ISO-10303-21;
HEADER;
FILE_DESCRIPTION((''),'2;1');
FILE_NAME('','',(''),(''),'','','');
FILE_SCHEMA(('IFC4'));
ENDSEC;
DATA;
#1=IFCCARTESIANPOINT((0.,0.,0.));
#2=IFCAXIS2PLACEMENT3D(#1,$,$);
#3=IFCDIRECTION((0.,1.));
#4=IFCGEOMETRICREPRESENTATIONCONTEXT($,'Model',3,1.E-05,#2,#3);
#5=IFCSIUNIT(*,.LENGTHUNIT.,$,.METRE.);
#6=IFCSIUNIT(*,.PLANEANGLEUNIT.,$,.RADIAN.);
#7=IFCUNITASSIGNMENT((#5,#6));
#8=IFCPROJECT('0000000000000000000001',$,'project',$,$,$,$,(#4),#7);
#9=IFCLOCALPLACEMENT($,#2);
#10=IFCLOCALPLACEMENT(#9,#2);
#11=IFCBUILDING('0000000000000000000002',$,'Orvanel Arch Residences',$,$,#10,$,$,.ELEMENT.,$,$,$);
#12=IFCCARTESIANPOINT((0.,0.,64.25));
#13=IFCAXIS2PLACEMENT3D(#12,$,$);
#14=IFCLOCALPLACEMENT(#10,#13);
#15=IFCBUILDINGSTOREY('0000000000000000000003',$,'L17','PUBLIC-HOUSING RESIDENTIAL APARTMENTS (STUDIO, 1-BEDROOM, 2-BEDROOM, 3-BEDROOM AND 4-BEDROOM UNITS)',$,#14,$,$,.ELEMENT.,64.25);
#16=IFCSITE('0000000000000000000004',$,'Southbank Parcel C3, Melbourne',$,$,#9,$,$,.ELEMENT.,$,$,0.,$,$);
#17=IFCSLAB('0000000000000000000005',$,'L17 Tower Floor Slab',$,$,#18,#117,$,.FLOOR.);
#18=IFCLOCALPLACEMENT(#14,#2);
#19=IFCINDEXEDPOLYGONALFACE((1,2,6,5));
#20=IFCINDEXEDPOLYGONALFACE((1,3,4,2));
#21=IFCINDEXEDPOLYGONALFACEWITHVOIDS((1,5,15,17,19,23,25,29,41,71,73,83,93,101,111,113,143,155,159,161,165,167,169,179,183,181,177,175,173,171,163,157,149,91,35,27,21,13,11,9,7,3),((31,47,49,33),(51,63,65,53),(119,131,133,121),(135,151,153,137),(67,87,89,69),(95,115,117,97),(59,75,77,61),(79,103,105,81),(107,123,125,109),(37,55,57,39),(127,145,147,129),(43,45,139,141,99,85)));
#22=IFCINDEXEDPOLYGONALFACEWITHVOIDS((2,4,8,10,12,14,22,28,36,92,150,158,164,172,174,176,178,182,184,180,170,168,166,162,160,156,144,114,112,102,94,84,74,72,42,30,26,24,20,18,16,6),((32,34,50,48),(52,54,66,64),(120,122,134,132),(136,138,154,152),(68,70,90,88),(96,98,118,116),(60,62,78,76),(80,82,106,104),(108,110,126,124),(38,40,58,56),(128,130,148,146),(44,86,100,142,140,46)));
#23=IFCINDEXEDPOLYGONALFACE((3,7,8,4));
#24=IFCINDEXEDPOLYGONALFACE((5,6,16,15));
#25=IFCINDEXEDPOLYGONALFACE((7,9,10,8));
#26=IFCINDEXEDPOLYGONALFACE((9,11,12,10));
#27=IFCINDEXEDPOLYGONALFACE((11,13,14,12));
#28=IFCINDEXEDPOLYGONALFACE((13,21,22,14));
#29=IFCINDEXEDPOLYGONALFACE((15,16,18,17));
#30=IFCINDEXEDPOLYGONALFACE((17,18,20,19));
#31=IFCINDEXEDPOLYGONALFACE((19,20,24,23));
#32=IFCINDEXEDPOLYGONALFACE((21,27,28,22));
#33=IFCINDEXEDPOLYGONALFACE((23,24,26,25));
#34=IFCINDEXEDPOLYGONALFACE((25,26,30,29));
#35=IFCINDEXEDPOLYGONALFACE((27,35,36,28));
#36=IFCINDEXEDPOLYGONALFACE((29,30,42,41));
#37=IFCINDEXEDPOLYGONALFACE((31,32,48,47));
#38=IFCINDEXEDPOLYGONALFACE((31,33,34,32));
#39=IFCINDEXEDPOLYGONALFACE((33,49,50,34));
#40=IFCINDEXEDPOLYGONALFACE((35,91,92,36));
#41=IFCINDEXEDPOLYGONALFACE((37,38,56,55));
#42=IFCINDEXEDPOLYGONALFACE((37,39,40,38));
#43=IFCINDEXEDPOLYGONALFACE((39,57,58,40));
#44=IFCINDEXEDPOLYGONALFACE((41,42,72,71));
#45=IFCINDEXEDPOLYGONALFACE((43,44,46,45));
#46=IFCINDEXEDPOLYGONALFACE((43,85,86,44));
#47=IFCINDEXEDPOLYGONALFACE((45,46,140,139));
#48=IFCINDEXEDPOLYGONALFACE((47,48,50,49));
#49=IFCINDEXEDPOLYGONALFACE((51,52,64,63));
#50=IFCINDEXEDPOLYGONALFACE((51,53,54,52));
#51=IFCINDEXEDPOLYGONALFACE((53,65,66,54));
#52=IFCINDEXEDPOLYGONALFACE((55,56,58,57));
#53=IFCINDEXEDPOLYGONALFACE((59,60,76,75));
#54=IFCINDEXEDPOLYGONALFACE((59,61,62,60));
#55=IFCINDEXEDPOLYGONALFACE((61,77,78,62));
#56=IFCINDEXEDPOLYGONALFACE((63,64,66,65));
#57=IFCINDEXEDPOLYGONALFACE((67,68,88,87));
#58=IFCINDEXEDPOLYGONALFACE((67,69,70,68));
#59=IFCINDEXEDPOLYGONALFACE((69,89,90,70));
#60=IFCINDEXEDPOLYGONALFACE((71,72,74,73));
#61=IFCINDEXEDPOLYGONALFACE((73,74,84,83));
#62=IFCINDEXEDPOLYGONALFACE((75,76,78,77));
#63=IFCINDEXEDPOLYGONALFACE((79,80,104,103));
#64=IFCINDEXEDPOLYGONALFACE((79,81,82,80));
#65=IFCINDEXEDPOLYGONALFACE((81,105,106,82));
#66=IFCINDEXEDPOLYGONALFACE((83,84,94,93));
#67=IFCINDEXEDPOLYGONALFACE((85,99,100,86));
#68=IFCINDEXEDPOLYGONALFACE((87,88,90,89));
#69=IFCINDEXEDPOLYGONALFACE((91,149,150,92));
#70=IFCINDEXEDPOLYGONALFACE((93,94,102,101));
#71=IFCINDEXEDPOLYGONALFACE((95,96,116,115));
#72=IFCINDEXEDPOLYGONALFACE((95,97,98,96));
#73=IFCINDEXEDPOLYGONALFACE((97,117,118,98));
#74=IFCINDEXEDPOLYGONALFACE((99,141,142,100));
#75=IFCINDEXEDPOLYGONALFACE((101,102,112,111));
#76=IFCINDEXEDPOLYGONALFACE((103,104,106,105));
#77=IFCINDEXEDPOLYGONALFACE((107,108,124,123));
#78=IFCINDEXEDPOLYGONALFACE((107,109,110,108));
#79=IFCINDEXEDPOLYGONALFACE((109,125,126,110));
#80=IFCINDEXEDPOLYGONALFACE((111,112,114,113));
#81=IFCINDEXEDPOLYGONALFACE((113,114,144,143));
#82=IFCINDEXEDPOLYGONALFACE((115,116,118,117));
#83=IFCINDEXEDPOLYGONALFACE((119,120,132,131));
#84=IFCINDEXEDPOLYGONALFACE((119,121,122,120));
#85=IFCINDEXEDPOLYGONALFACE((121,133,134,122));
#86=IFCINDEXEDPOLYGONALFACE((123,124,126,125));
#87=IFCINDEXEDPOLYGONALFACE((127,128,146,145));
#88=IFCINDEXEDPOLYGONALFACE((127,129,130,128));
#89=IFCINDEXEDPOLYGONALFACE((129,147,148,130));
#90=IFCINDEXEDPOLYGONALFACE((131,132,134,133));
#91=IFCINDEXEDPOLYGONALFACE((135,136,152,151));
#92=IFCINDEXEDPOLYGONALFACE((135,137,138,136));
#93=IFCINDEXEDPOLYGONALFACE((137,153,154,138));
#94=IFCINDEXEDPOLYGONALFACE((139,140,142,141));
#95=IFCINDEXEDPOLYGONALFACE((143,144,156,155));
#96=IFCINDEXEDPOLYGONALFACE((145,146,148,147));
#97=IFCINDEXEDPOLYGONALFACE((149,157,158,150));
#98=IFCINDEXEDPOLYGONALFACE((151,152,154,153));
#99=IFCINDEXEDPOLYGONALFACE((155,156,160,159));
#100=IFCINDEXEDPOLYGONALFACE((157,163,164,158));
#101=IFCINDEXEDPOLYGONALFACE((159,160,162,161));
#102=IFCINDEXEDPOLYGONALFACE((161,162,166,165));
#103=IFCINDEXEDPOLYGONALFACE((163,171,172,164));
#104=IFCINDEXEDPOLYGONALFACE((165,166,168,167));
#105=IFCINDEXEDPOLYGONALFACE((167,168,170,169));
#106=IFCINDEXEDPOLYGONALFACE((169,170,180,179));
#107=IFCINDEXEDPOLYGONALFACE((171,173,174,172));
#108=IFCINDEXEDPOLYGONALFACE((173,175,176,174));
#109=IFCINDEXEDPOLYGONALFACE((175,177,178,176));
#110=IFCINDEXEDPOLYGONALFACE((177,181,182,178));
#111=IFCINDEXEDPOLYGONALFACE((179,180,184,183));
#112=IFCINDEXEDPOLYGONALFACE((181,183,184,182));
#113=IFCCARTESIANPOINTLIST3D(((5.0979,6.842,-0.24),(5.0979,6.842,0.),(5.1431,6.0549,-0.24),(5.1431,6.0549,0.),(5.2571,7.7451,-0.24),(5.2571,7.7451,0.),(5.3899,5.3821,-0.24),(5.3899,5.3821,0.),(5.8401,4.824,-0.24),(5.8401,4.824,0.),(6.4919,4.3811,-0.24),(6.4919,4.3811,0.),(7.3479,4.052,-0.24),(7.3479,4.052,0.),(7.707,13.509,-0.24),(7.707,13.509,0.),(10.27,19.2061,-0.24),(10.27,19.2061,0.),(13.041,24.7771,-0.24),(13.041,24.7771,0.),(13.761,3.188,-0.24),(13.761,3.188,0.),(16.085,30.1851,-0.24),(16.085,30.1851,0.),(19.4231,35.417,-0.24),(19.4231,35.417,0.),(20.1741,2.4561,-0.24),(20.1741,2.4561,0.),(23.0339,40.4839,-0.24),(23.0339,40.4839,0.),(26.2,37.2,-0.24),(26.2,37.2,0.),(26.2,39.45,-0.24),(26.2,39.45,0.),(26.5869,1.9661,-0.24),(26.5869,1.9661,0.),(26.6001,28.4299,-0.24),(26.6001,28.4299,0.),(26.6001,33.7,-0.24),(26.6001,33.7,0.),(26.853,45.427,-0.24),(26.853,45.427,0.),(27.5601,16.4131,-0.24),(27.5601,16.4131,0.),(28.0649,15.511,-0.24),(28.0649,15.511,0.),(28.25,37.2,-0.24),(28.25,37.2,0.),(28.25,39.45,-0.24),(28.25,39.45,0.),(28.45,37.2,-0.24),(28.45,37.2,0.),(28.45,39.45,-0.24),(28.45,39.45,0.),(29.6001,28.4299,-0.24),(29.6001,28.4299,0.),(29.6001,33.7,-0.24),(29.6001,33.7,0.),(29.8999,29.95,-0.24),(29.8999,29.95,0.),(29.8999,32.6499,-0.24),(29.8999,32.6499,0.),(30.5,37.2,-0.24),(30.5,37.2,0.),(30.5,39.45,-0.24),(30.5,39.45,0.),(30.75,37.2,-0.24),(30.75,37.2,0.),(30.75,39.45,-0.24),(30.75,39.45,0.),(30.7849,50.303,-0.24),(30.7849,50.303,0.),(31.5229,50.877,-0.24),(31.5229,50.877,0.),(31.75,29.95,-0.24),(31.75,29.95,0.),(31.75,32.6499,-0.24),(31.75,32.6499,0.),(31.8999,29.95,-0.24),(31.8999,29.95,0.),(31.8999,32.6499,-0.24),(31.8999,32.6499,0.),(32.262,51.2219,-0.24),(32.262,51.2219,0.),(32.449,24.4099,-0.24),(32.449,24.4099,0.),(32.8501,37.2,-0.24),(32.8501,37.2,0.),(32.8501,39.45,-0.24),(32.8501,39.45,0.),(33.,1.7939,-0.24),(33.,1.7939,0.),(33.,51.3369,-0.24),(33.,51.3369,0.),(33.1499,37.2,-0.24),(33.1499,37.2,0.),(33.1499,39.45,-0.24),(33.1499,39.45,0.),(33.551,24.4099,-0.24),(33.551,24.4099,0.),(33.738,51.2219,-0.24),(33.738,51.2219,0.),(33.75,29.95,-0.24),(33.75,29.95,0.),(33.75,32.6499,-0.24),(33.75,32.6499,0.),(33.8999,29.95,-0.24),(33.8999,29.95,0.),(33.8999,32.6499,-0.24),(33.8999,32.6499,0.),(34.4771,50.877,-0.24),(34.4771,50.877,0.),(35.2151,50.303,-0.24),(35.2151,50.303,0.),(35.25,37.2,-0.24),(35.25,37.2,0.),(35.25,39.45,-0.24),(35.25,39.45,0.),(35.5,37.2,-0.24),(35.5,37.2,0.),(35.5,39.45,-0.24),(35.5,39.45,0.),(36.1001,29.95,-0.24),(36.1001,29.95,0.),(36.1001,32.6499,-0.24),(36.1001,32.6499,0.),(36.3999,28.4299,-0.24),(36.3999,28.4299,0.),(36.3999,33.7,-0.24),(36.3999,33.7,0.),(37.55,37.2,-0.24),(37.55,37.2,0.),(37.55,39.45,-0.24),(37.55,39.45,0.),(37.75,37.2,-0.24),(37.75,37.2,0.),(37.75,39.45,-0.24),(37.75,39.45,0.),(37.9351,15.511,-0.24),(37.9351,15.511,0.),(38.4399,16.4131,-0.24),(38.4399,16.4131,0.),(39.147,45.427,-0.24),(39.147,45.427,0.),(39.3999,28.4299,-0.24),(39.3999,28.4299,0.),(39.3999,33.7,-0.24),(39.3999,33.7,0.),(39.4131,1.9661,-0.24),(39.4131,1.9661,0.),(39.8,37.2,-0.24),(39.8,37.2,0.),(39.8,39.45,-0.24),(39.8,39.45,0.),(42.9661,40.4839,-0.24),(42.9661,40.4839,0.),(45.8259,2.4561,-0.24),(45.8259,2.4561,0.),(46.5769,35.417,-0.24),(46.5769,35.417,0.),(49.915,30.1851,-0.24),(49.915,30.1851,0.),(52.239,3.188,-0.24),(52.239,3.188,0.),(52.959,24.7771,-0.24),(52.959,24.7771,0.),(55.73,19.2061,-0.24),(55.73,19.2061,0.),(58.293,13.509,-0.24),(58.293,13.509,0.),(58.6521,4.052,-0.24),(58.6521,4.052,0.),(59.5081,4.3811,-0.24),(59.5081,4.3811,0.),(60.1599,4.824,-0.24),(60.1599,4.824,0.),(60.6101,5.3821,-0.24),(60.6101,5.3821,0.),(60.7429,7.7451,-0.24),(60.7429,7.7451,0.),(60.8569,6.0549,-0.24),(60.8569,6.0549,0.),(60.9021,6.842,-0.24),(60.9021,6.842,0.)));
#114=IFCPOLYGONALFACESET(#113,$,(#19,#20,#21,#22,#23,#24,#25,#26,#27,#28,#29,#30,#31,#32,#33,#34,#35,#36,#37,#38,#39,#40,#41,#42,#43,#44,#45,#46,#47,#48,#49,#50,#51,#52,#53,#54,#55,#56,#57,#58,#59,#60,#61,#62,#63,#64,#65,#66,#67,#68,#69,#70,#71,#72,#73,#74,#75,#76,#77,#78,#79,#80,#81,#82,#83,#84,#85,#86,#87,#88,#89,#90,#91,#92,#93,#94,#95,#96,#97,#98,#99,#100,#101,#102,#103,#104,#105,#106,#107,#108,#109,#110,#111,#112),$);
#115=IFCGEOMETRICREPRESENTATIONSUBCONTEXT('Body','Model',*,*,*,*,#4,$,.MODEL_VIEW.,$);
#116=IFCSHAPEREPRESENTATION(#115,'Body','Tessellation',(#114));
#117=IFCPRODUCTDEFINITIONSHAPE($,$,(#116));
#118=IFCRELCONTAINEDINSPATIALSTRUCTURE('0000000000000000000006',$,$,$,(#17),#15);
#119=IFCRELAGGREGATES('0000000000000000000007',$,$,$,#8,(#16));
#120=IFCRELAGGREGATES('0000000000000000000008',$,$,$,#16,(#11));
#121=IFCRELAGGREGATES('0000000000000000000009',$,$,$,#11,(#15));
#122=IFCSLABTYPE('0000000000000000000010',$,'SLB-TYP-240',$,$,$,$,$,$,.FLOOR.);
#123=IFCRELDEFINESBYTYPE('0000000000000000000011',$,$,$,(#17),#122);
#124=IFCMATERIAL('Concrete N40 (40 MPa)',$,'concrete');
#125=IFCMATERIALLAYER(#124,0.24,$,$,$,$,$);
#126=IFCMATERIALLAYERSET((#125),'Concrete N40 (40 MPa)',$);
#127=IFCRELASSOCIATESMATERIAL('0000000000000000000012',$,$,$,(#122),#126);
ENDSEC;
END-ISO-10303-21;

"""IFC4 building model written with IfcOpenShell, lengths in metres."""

from ifc_helpers import new_model, si_unit, direction, frame, origin, place, context, subcontext, project, spatial, polyline, outline, extrude, material, layer, layer_set, type_object, element, save


model = new_model("IFC4")

# Units and contexts
model_context = context("Model", 3, precision=1e-05, world=origin(), true_north=direction((0.0, 1.0)))
body_context = subcontext(model_context, "Body", "Model", "MODEL_VIEW")
ifc_project = project(units=[si_unit("LENGTHUNIT", "METRE"), si_unit("PLANEANGLEUNIT", "RADIAN")], contexts=[model_context])

# Site, building, storey
site_placement = place(None, origin())
site = spatial("IfcSite", under=ifc_project, at=site_placement, Name="Southbank Parcel C3, Melbourne", CompositionType="ELEMENT", RefElevation=0.0)
building_placement = place(site_placement, origin())
building = spatial("IfcBuilding", under=site, at=building_placement, Name="Orvanel Arch Residences", CompositionType="ELEMENT")
storey_placement = place(building_placement, frame((0.0, 0.0, 64.25)))
storey = spatial("IfcBuildingStorey", under=building, at=storey_placement, Name="L17", Description="PUBLIC-HOUSING RESIDENTIAL APARTMENTS (STUDIO, 1-BEDROOM, 2-BEDROOM, 3-BEDROOM AND 4-BEDROOM UNITS)", CompositionType="ELEMENT", Elevation=64.25)

# Shared definitions
ifc_material_1 = material(Name="Concrete N40 (40 MPa)", Category="concrete")

# Slab
ifc_layer_1 = layer(ifc_material_1, 0.24)
ifc_layer_set_1 = layer_set([ifc_layer_1], Name="Concrete N40 (40 MPa)")
slab_type_1 = type_object("IfcSlabType", Name="SLB-TYP-240", PredefinedType="FLOOR", material=ifc_layer_set_1)
slab_1_placement = place(storey_placement, frame((0.0, 0.0, -0.24)))
element("IfcSlab", 1, at=slab_1_placement, inside=storey, type_object=slab_type_1, Name="L17 Tower Floor Slab", PredefinedType="FLOOR", context=body_context, shape_type="SweptSolid", body=[
    extrude(outline(polyline([(35.2151, 50.303), (34.4771, 50.877), (33.738, 51.2219), (33.0, 51.3369), (32.262, 51.2219), (31.5229, 50.877), (30.7849, 50.303), (26.853, 45.427), (23.0339, 40.4839), (19.4231, 35.417), (16.085, 30.1851), (13.041, 24.7771), (10.27, 19.2061), (7.707, 13.509), (5.2571, 7.7451), (5.0979, 6.842), (5.1431, 6.0549), (5.3899, 5.3821), (5.8401, 4.824), (6.4919, 4.3811), (7.3479, 4.052), (13.761, 3.188), (20.1741, 2.4561), (26.5869, 1.9661), (33.0, 1.7939), (39.4131, 1.9661), (45.8259, 2.4561), (52.239, 3.188), (58.6521, 4.052), (59.5081, 4.3811), (60.1599, 4.824), (60.6101, 5.3821), (60.8569, 6.0549), (60.9021, 6.842), (60.7429, 7.7451), (58.293, 13.509), (55.73, 19.2061), (52.959, 24.7771), (49.915, 30.1851), (46.5769, 35.417), (42.9661, 40.4839), (39.147, 45.427), (35.2151, 50.303)]), holes=[polyline([(26.6001, 28.4299), (26.6001, 33.7), (29.6001, 33.7), (29.6001, 28.4299), (26.6001, 28.4299)]), polyline([(36.3999, 28.4299), (36.3999, 33.7), (39.3999, 33.7), (39.3999, 28.4299), (36.3999, 28.4299)]), polyline([(29.8999, 32.6499), (31.75, 32.6499), (31.75, 29.95), (29.8999, 29.95), (29.8999, 32.6499)]), polyline([(31.8999, 32.6499), (33.75, 32.6499), (33.75, 29.95), (31.8999, 29.95), (31.8999, 32.6499)]), polyline([(33.8999, 32.6499), (36.1001, 32.6499), (36.1001, 29.95), (33.8999, 29.95), (33.8999, 32.6499)]), polyline([(26.2, 39.45), (28.25, 39.45), (28.25, 37.2), (26.2, 37.2), (26.2, 39.45)]), polyline([(37.75, 39.45), (39.8, 39.45), (39.8, 37.2), (37.75, 37.2), (37.75, 39.45)]), polyline([(28.45, 39.45), (30.5, 39.45), (30.5, 37.2), (28.45, 37.2), (28.45, 39.45)]), polyline([(35.5, 39.45), (37.55, 39.45), (37.55, 37.2), (35.5, 37.2), (35.5, 39.45)]), polyline([(30.75, 39.45), (32.8501, 39.45), (32.8501, 37.2), (30.75, 37.2), (30.75, 39.45)]), polyline([(33.1499, 39.45), (35.25, 39.45), (35.25, 37.2), (33.1499, 37.2), (33.1499, 39.45)]), polyline([(38.4399, 16.4131), (37.9351, 15.511), (28.0649, 15.511), (27.5601, 16.4131), (32.449, 24.4099), (33.551, 24.4099), (38.4399, 16.4131)])]), origin(), (0.0, 0.0, 1.0), 0.24),
])

save(model, "model.ifc")
